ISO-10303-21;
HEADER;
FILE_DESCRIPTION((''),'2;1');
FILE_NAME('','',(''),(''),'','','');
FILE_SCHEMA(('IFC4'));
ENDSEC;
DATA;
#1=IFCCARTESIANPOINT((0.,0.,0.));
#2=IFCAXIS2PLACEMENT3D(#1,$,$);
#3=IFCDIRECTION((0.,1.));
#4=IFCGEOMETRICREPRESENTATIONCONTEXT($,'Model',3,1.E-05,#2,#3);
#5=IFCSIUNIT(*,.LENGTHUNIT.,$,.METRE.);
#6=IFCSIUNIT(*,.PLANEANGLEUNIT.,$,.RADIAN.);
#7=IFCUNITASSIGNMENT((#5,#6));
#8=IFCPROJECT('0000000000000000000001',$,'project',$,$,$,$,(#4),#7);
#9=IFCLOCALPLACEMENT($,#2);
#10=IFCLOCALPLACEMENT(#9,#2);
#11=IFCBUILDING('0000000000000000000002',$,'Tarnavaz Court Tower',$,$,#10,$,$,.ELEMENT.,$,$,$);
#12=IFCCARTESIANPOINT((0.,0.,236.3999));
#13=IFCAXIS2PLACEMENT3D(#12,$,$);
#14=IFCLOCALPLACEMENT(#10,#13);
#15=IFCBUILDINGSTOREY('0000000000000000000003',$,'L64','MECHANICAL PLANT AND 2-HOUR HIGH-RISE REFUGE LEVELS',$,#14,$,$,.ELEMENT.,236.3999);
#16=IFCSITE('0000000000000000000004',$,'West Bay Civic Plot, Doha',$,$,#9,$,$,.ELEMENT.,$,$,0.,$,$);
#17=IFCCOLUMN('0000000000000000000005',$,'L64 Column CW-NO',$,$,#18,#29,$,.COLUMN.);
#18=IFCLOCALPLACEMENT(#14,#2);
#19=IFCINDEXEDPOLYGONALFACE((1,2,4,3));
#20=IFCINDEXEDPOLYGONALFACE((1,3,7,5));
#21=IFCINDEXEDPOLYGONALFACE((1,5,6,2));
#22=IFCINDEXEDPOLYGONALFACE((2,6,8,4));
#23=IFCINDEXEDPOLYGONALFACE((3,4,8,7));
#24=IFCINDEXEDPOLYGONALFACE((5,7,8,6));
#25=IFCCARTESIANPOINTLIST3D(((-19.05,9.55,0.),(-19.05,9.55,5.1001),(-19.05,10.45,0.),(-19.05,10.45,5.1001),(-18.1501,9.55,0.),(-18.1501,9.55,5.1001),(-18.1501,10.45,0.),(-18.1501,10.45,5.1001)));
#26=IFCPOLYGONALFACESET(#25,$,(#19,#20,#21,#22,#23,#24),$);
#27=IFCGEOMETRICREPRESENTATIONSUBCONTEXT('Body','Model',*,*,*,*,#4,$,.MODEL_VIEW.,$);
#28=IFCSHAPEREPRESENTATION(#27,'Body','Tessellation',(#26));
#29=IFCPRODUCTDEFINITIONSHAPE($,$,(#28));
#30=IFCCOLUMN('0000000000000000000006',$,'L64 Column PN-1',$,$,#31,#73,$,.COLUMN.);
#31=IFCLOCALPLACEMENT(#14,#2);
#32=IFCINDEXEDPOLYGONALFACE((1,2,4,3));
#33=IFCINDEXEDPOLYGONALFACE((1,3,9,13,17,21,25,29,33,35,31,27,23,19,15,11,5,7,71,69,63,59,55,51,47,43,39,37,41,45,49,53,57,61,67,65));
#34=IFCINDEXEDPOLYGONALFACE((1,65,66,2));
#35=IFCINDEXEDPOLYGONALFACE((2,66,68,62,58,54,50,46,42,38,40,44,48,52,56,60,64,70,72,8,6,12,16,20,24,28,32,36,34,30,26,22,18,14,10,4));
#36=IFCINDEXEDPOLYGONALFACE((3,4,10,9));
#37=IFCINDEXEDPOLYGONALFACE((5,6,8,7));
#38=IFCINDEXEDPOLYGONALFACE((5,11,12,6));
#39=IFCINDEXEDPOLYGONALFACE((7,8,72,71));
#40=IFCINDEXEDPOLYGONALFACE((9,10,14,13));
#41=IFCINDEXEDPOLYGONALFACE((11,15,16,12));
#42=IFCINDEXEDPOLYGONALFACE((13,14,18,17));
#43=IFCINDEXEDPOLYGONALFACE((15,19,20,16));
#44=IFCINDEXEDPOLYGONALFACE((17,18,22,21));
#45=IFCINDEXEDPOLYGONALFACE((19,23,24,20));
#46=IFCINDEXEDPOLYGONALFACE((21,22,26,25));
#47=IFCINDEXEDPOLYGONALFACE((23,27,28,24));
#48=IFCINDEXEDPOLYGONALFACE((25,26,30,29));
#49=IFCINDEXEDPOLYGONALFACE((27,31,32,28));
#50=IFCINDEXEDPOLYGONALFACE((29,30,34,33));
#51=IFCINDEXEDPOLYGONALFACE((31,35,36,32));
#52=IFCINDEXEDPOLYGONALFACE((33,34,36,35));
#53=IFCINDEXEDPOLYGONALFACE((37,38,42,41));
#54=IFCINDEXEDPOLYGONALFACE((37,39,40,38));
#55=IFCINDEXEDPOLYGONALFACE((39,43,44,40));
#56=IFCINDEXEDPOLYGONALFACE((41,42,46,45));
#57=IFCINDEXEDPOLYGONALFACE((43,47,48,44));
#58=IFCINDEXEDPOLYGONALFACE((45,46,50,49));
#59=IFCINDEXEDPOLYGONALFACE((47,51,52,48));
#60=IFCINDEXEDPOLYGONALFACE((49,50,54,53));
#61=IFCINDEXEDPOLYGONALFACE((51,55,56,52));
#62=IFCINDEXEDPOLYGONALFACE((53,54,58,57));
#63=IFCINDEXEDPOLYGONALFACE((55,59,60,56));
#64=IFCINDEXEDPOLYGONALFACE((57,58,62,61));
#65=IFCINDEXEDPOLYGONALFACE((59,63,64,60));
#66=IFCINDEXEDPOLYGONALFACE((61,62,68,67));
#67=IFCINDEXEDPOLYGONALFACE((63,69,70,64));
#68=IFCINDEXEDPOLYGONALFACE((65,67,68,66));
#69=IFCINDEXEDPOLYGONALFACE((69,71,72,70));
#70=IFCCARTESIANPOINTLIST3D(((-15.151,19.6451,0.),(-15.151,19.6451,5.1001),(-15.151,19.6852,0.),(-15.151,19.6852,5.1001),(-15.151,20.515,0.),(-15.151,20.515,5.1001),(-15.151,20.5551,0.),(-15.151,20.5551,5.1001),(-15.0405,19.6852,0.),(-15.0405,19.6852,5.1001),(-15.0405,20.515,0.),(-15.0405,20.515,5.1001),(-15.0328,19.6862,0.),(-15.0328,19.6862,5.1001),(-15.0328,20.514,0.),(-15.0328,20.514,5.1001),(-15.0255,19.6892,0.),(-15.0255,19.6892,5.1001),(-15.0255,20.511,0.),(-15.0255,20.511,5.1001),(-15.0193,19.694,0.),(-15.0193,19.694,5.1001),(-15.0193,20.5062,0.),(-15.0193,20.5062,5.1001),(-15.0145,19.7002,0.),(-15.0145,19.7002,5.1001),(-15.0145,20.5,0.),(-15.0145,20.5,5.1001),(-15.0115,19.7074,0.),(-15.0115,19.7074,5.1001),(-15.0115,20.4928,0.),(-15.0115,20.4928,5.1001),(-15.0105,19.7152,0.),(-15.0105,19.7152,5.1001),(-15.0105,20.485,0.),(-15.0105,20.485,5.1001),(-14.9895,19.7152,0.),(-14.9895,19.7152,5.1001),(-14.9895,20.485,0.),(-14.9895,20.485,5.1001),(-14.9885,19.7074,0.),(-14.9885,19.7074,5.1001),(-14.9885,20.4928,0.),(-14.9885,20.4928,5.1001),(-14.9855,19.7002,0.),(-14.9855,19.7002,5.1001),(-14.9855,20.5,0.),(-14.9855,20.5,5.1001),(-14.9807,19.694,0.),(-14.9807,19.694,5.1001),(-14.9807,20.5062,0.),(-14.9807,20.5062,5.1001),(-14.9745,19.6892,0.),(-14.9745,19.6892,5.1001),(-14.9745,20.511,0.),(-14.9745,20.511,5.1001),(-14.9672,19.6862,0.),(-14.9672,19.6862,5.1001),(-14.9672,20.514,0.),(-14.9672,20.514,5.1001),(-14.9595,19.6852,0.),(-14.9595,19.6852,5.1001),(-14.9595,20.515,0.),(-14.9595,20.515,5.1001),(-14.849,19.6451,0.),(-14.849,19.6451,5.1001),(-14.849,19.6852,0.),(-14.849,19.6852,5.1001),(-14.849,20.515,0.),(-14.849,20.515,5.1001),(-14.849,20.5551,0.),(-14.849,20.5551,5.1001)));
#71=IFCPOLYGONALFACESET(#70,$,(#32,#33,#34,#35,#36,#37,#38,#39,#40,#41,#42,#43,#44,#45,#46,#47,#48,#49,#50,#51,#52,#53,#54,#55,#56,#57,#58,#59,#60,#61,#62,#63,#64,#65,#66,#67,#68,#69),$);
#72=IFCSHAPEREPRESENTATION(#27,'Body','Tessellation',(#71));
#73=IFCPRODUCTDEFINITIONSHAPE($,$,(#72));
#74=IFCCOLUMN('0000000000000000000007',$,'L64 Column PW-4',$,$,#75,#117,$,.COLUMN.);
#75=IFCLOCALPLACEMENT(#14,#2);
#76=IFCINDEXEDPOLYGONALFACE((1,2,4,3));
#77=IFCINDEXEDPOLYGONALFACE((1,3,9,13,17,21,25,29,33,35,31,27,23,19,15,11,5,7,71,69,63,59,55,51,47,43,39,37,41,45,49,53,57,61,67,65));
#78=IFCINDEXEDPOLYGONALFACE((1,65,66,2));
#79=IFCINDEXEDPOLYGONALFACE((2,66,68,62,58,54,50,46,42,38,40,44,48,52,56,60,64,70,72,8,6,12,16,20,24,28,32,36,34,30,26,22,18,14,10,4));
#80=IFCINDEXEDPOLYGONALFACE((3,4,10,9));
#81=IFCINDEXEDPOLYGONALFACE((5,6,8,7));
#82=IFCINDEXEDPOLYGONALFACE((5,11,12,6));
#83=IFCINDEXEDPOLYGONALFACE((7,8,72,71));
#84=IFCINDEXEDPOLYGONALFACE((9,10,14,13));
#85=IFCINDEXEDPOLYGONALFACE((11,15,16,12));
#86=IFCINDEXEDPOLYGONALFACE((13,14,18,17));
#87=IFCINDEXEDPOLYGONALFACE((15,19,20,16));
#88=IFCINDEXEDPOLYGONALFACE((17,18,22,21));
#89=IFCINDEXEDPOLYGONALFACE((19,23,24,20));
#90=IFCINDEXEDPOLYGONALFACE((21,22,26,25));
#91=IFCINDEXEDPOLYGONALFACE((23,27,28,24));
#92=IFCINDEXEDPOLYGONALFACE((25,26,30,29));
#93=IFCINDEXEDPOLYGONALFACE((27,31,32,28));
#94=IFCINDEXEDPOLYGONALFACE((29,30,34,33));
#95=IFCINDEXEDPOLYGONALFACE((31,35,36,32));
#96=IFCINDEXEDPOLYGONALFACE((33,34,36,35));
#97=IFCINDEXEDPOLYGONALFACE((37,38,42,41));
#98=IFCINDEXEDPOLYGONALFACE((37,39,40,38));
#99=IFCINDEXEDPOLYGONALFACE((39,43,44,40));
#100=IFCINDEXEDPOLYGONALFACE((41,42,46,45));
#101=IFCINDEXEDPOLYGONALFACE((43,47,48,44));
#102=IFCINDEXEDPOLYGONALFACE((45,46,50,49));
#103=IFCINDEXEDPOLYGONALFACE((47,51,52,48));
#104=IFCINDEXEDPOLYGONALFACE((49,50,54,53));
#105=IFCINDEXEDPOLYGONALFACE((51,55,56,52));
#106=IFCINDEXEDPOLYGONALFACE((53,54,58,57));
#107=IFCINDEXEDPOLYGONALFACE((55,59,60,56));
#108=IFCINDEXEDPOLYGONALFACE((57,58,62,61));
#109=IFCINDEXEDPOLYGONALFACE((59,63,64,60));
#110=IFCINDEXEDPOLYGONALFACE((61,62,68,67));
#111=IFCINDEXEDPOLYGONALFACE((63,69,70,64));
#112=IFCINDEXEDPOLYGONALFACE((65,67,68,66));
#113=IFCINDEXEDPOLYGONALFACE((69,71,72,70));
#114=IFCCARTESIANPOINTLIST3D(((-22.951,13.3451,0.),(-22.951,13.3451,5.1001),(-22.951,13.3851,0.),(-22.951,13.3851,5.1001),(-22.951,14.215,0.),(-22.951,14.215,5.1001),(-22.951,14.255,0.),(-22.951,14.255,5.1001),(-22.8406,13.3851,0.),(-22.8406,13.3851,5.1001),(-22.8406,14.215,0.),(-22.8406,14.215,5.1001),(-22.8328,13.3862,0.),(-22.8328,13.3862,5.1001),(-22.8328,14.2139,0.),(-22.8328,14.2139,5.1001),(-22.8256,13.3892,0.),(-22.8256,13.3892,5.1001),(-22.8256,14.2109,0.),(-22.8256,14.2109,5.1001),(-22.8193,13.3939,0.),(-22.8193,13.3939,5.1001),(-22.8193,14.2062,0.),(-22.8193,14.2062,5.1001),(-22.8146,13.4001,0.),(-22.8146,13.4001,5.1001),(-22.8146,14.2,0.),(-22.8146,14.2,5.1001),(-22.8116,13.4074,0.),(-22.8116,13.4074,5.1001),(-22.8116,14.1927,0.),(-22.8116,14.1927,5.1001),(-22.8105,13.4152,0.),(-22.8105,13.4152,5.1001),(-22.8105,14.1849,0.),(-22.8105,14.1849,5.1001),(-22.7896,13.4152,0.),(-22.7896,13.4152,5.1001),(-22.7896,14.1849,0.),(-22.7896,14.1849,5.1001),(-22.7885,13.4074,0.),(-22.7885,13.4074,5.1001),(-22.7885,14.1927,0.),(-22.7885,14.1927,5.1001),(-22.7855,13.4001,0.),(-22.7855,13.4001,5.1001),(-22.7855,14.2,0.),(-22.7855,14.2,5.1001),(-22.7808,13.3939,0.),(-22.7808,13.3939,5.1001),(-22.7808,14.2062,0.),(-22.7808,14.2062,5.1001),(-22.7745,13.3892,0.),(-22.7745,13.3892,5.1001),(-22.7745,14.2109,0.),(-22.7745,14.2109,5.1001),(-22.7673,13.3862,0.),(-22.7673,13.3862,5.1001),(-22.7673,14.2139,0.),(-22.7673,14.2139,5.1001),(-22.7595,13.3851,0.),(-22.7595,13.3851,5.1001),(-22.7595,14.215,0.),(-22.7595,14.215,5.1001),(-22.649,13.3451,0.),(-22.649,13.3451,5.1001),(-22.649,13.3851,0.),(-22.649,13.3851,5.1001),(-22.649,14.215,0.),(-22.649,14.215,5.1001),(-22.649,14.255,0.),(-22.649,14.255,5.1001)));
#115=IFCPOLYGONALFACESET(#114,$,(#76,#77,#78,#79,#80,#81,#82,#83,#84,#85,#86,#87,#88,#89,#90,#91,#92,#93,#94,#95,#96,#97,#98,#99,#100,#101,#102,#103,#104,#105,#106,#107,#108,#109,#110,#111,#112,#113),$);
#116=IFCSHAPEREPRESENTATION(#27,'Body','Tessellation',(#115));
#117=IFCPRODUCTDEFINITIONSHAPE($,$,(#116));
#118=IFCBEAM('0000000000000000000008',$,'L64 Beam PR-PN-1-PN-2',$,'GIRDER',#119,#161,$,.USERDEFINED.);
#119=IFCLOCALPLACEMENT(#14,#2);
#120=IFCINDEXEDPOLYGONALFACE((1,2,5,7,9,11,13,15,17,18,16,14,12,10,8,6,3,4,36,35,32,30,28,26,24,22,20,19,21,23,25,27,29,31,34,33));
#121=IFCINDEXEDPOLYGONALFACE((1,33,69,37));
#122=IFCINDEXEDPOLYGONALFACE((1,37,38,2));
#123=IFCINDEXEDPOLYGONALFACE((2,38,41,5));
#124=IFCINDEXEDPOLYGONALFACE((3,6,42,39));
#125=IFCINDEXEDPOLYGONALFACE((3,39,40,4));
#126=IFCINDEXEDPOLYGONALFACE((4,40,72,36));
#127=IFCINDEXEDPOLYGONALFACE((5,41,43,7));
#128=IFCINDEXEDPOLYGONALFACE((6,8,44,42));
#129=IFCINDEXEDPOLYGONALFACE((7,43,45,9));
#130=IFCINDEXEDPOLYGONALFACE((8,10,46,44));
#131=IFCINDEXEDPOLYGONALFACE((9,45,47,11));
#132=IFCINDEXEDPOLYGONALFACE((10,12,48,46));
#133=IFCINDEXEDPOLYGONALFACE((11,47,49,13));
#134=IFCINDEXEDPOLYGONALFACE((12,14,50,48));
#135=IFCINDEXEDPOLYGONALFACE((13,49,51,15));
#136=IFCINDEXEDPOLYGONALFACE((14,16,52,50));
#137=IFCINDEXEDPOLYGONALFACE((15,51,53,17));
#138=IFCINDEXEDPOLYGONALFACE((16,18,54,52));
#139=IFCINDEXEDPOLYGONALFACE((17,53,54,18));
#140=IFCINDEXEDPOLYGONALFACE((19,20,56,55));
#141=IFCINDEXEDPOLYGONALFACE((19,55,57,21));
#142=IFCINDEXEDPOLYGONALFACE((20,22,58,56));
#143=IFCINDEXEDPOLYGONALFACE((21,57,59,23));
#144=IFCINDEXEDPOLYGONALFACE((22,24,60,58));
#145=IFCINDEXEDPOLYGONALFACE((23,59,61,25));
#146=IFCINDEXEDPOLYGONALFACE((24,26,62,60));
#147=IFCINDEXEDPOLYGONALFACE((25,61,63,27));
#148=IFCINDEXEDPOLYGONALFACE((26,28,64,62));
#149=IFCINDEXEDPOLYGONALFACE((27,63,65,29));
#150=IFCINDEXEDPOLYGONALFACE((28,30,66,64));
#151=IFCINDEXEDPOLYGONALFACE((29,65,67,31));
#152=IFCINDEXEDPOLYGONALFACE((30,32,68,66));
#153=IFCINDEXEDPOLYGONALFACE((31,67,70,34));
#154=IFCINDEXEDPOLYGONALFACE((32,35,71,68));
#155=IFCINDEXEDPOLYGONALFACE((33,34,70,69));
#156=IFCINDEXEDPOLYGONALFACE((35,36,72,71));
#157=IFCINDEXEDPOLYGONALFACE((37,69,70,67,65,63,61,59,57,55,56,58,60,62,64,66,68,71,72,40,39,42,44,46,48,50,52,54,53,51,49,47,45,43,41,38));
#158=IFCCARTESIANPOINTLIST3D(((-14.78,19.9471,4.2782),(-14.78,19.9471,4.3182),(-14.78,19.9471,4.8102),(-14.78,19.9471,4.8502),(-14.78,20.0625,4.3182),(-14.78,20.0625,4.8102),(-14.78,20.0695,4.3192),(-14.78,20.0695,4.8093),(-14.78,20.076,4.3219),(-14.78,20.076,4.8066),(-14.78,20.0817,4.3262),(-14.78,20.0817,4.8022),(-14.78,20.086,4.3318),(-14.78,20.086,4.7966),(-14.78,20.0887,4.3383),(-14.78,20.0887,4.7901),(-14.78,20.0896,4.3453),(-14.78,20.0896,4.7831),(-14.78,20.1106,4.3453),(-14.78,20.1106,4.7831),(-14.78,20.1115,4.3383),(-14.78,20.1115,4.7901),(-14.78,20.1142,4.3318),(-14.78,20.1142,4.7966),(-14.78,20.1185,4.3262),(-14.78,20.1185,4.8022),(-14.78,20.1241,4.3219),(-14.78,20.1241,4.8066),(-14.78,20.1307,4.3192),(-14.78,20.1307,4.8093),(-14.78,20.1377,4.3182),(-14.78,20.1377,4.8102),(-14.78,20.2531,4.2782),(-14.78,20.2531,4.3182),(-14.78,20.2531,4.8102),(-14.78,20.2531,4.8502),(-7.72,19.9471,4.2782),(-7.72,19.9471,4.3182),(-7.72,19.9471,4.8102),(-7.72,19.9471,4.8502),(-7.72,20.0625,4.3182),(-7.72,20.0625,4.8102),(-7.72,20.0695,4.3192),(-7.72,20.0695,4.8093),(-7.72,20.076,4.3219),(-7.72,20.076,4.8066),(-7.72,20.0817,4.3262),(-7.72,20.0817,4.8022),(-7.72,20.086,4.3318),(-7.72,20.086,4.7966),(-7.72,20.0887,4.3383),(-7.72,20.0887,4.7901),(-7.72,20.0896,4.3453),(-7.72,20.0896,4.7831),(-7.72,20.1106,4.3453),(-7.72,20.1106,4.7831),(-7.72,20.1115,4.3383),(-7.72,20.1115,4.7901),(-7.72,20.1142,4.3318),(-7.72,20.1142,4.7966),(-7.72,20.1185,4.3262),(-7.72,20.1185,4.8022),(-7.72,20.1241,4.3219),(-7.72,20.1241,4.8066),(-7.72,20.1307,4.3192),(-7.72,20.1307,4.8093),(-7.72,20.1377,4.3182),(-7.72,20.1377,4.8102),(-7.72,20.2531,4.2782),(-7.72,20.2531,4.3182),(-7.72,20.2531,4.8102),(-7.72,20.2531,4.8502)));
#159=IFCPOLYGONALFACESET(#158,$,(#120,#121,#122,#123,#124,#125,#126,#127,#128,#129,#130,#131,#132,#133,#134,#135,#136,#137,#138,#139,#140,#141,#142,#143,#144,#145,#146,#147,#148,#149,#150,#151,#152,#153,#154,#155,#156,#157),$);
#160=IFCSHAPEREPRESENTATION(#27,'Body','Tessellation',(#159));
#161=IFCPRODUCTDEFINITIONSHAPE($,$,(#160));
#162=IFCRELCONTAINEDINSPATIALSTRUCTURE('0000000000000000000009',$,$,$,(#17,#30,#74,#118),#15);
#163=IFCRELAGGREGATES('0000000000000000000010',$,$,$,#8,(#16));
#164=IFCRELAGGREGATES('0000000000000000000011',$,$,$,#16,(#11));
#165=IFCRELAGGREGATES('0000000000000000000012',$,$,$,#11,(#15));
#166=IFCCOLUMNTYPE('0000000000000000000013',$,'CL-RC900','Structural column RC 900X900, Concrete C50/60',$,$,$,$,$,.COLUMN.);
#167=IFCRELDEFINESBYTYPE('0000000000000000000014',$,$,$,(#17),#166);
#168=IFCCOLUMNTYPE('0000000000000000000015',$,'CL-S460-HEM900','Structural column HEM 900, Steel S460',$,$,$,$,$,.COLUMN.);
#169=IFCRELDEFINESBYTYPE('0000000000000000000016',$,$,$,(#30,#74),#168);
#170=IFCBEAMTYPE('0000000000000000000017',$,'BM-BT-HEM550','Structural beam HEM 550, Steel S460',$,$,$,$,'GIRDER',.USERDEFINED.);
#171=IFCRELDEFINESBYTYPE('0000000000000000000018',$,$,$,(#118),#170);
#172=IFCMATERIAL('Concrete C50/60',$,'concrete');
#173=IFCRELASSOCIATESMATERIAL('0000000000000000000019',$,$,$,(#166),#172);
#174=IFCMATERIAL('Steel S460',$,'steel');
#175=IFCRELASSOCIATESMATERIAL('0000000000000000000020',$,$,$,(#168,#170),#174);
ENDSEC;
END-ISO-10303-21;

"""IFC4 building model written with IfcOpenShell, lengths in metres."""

from ifc_helpers import new_model, si_unit, direction, frame, origin, origin_2d, place, context, subcontext, project, spatial, rectangle, i_section, extrude, material, material_profile, profile_set, type_object, element, save


model = new_model("IFC4")

# Units and contexts
model_context = context("Model", 3, precision=1e-05, world=origin(), true_north=direction((0.0, 1.0)))
body_context = subcontext(model_context, "Body", "Model", "MODEL_VIEW")
ifc_project = project(units=[si_unit("LENGTHUNIT", "METRE"), si_unit("PLANEANGLEUNIT", "RADIAN")], contexts=[model_context])

# Site, building, storey
site_placement = place(None, origin())
site = spatial("IfcSite", under=ifc_project, at=site_placement, Name="West Bay Civic Plot, Doha", CompositionType="ELEMENT", RefElevation=0.0)
building_placement = place(site_placement, origin())
building = spatial("IfcBuilding", under=site, at=building_placement, Name="Tarnavaz Court Tower", CompositionType="ELEMENT")
storey_placement = place(building_placement, frame((0.0, 0.0, 236.3999)))
storey = spatial("IfcBuildingStorey", under=building, at=storey_placement, Name="L64", Description="MECHANICAL PLANT AND 2-HOUR HIGH-RISE REFUGE LEVELS", CompositionType="ELEMENT", Elevation=236.3999)

# Columns
ifc_material_1 = material(Name="Concrete C50/60", Category="concrete")
ifc_material_profile_1 = material_profile(ifc_material_1, rectangle(XDim=0.8999, YDim=0.8999, at=origin_2d()), Name="RC 900X900")
ifc_profile_set_1 = profile_set([ifc_material_profile_1], Name="Concrete C50/60")
column_type_1 = type_object("IfcColumnType", Name="CL-RC900", Description="Structural column RC 900X900, Concrete C50/60", PredefinedType="COLUMN", material=ifc_profile_set_1)
column_placement = place(storey_placement, frame((-18.6001, 10.0, 0.0), z_axis=(0.0, 0.0, 1.0), x_axis=(1.0, 0.0, 0.0)))
element("IfcColumn", 1, at=column_placement, inside=storey, type_object=column_type_1, Name="L64 Column CW-NO", PredefinedType="COLUMN", context=body_context, shape_type="SweptSolid", body=[
    extrude(rectangle(XDim=0.8999, YDim=0.8999, at=origin_2d()), origin(), (0.0, 0.0, 1.0), 5.1001),
])
ifc_material_2 = material(Name="Steel S460", Category="steel")
ifc_material_profile_2 = material_profile(ifc_material_2, i_section(OverallWidth=0.302, OverallDepth=0.9099, WebThickness=0.021, FlangeThickness=0.04, FilletRadius=0.03, at=origin_2d()), Name="HEM 900")
ifc_profile_set_2 = profile_set([ifc_material_profile_2], Name="Steel S460")
column_type_2 = type_object("IfcColumnType", Name="CL-S460-HEM900", Description="Structural column HEM 900, Steel S460", PredefinedType="COLUMN", material=ifc_profile_set_2)
for number, where, z_axis, x_axis, name in (
    (2, (-15.0, 20.1001, 0.0), (0.0, 0.0, 1.0), (1.0, 0.0, 0.0), "L64 Column PN-1"),
    (3, (-22.8, 13.8, 0.0), (0.0, 0.0, 1.0), (1.0, 0.0, 0.0), "L64 Column PW-4"),
):
    element("IfcColumn", number, at=place(storey_placement, frame(where, z_axis=z_axis, x_axis=x_axis)), inside=storey, type_object=column_type_2, Name=name, PredefinedType="COLUMN", context=body_context, shape_type="SweptSolid", body=[
        extrude(i_section(OverallWidth=0.302, OverallDepth=0.9099, WebThickness=0.021, FlangeThickness=0.04, FilletRadius=0.03, at=origin_2d()), origin(), (0.0, 0.0, 1.0), 5.1001),
    ])

# Beam
ifc_material_profile_3 = material_profile(ifc_material_2, i_section(OverallWidth=0.3059, OverallDepth=0.572, WebThickness=0.021, FlangeThickness=0.04, FilletRadius=0.0271, at=origin_2d()), Name="HEM 550")
ifc_profile_set_3 = profile_set([ifc_material_profile_3], Name="Steel S460")
beam_type_1 = type_object("IfcBeamType", Name="BM-BT-HEM550", Description="Structural beam HEM 550, Steel S460", ElementType="GIRDER", PredefinedType="USERDEFINED", material=ifc_profile_set_3)
beam_1_placement = place(storey_placement, frame((-14.78, 20.1001, 4.5642), z_axis=(1.0, 0.0, 0.0), x_axis=(0.0, 1.0, 0.0)))
element("IfcBeam", 4, at=beam_1_placement, inside=storey, type_object=beam_type_1, Name="L64 Beam PR-PN-1-PN-2", ObjectType="GIRDER", PredefinedType="USERDEFINED", context=body_context, shape_type="SweptSolid", body=[
    extrude(i_section(OverallWidth=0.3059, OverallDepth=0.572, WebThickness=0.021, FlangeThickness=0.04, FilletRadius=0.0271, at=origin_2d()), origin(), (0.0, 0.0, 1.0), 7.0601),
])

save(model, "model.ifc")
